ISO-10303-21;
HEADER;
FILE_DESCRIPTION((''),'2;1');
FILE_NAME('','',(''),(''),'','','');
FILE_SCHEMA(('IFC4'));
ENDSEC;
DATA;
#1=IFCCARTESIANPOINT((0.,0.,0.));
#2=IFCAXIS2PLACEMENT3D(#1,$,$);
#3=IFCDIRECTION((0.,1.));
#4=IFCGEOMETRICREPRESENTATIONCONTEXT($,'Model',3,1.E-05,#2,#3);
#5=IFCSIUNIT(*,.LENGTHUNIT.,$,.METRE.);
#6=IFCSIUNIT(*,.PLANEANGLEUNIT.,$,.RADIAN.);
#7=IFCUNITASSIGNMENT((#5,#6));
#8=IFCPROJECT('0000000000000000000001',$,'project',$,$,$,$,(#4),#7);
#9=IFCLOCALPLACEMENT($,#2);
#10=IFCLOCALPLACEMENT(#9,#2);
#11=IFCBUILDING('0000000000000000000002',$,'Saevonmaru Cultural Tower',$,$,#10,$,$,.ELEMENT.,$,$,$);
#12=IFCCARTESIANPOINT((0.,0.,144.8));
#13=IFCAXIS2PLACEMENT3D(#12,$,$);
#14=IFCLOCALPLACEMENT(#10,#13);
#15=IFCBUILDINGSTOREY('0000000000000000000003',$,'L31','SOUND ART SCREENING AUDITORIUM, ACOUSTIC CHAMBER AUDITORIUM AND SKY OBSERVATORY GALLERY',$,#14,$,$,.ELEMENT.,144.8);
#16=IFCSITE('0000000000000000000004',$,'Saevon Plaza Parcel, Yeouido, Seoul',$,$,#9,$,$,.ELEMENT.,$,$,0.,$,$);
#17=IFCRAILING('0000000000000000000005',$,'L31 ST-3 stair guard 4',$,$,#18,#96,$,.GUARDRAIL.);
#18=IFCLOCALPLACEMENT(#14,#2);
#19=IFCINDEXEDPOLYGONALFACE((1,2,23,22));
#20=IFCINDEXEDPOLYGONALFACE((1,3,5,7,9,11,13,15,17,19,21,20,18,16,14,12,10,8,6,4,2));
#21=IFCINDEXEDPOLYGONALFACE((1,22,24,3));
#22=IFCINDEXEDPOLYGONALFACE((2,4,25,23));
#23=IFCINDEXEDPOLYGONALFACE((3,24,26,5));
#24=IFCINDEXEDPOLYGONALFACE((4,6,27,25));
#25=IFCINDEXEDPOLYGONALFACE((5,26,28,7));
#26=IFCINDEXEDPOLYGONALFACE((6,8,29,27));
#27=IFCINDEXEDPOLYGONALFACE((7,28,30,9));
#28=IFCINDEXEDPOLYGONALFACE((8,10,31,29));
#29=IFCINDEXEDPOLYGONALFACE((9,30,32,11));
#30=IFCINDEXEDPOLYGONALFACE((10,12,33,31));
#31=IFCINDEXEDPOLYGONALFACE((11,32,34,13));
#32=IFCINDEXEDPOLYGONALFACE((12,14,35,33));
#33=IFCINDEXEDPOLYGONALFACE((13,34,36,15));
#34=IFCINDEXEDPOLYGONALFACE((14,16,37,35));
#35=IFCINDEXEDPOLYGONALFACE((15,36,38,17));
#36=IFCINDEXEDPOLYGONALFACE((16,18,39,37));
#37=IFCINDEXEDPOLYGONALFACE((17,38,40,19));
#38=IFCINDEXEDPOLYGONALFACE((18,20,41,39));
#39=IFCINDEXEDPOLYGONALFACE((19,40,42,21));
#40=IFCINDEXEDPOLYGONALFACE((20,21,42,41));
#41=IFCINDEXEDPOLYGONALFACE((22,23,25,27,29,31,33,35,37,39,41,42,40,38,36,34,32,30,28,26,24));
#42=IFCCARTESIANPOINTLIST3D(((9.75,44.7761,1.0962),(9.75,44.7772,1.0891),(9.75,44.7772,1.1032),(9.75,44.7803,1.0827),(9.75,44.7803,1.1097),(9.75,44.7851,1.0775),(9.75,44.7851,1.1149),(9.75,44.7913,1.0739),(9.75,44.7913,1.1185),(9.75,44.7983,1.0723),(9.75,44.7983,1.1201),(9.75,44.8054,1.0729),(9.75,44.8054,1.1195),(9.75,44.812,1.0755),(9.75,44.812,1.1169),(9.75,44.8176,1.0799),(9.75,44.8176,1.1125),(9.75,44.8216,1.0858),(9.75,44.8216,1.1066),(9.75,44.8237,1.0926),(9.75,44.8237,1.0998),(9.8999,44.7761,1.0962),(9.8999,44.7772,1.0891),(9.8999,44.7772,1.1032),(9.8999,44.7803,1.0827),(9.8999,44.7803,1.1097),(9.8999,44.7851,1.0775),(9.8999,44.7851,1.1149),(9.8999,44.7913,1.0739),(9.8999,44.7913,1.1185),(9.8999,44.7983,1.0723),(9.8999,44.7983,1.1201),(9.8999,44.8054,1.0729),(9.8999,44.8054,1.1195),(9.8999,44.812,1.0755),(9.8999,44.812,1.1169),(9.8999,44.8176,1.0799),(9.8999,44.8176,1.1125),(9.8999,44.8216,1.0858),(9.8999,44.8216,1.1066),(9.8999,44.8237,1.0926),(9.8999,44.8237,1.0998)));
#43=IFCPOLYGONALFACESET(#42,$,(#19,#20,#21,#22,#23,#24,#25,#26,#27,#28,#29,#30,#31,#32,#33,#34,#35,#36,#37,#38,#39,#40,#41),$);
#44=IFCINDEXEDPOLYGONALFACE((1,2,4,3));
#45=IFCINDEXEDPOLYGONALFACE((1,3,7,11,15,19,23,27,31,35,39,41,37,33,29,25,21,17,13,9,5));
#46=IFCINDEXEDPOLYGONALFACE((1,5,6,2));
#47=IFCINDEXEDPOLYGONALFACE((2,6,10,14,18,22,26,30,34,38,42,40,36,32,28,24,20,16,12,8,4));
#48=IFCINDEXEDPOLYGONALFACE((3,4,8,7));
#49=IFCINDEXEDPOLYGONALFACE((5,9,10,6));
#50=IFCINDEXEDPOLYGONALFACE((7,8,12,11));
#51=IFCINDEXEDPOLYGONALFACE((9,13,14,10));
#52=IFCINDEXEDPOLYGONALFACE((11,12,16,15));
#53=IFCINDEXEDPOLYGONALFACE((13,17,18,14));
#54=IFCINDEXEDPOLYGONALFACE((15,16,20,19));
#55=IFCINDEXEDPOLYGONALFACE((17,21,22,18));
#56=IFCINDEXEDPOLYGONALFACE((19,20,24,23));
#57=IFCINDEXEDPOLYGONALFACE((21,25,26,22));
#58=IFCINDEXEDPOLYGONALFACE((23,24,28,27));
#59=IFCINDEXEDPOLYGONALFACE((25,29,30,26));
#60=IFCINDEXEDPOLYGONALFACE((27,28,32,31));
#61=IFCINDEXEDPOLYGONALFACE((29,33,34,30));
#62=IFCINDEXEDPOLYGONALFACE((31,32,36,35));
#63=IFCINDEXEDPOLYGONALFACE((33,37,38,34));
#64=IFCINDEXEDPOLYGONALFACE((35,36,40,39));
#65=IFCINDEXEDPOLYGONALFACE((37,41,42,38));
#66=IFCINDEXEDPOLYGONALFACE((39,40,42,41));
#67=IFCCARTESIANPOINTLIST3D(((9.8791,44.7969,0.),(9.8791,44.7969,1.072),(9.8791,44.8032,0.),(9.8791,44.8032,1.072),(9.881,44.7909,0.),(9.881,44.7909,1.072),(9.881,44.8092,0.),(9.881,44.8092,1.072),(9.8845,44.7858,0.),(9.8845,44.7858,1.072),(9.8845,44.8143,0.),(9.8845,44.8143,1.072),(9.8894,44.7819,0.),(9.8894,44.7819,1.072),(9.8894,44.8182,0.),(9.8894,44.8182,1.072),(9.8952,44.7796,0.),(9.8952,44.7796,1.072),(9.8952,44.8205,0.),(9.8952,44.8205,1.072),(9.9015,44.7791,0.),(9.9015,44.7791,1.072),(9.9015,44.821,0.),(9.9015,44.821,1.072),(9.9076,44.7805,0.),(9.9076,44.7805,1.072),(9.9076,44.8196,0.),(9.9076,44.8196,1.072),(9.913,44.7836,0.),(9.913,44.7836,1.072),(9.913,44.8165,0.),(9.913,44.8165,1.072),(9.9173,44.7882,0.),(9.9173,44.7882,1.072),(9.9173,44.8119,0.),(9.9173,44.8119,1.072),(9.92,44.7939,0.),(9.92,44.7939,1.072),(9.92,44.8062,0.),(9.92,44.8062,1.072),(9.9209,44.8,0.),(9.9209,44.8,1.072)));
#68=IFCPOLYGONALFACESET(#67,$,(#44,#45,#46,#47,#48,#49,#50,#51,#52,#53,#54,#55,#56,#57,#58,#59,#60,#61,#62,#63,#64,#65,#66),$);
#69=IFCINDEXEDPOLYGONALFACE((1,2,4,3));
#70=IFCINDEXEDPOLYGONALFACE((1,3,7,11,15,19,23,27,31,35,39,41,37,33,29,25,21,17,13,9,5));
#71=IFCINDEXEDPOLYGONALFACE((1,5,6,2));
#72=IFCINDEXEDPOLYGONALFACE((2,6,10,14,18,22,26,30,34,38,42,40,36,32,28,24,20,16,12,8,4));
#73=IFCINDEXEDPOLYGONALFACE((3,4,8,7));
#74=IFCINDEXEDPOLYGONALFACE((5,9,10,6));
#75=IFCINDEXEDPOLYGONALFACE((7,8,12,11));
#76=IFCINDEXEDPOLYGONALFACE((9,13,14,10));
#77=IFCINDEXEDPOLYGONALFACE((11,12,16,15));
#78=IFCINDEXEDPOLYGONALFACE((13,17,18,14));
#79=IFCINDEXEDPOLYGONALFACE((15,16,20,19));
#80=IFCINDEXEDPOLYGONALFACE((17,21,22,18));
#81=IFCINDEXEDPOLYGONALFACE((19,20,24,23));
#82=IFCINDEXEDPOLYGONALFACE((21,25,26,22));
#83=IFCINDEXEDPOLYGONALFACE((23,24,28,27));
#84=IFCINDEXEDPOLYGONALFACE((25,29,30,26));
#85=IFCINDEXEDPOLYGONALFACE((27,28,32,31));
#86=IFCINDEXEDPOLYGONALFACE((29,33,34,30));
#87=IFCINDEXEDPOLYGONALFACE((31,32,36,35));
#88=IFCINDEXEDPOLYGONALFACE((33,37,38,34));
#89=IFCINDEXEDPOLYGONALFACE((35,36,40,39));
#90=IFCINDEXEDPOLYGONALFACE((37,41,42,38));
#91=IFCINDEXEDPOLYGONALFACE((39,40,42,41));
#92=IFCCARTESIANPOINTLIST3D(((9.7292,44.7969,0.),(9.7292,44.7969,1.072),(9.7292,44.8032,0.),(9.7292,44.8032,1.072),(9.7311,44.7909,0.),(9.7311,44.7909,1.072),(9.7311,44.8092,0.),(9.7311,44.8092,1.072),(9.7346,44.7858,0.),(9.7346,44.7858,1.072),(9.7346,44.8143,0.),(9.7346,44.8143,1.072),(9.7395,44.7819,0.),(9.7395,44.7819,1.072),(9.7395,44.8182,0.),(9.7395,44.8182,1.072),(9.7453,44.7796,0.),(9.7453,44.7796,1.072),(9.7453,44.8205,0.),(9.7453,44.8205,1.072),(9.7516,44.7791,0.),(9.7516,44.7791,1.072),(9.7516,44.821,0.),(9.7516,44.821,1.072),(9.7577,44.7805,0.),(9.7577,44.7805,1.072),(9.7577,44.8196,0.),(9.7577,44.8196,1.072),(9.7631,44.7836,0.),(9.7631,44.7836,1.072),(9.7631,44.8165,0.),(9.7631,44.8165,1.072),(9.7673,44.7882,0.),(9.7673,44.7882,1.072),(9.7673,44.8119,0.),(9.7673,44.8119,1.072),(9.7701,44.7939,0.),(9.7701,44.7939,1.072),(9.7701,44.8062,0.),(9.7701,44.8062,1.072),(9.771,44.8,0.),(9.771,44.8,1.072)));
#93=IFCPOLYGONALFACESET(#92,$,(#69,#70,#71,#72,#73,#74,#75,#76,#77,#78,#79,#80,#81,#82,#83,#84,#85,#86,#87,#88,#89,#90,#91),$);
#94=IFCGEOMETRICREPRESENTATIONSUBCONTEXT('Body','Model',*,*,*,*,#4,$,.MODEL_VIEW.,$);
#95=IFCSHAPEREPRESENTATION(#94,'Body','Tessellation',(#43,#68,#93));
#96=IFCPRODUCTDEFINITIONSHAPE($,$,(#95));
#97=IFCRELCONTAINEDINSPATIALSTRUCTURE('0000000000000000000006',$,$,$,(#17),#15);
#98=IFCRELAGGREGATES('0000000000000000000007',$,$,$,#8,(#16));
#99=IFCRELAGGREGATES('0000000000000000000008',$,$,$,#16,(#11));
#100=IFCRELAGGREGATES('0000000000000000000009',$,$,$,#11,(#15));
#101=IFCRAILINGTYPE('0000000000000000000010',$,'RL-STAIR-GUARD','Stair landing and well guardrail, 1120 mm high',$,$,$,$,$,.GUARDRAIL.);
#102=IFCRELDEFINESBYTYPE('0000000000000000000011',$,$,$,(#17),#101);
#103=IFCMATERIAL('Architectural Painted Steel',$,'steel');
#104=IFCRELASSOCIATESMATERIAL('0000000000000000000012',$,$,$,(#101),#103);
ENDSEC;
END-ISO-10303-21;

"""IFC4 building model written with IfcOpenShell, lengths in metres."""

from ifc_helpers import new_model, si_unit, direction, frame, origin, origin_2d, place, context, subcontext, project, spatial, circle, extrude, material, type_object, element, save


model = new_model("IFC4")

# Units and contexts
model_context = context("Model", 3, precision=1e-05, world=origin(), true_north=direction((0.0, 1.0)))
body_context = subcontext(model_context, "Body", "Model", "MODEL_VIEW")
ifc_project = project(units=[si_unit("LENGTHUNIT", "METRE"), si_unit("PLANEANGLEUNIT", "RADIAN")], contexts=[model_context])

# Site, building, storey
site_placement = place(None, origin())
site = spatial("IfcSite", under=ifc_project, at=site_placement, Name="Saevon Plaza Parcel, Yeouido, Seoul", CompositionType="ELEMENT", RefElevation=0.0)
building_placement = place(site_placement, origin())
building = spatial("IfcBuilding", under=site, at=building_placement, Name="Saevonmaru Cultural Tower", CompositionType="ELEMENT")
storey_placement = place(building_placement, frame((0.0, 0.0, 144.8)))
storey = spatial("IfcBuildingStorey", under=building, at=storey_placement, Name="L31", Description="SOUND ART SCREENING AUDITORIUM, ACOUSTIC CHAMBER AUDITORIUM AND SKY OBSERVATORY GALLERY", CompositionType="ELEMENT", Elevation=144.8)

# Railing
ifc_material_1 = material(Name="Architectural Painted Steel", Category="steel")
railing_type_1 = type_object("IfcRailingType", Name="RL-STAIR-GUARD", Description="Stair landing and well guardrail, 1120 mm high", PredefinedType="GUARDRAIL", material=ifc_material_1)
railing_1_placement = place(storey_placement, frame((9.8999, 44.8, 0.0)))
element("IfcRailing", 1, at=railing_1_placement, inside=storey, type_object=railing_type_1, Name="L31 ST-3 stair guard 4", PredefinedType="GUARDRAIL", context=body_context, shape_type="SweptSolid", body=[
    extrude(circle(Radius=0.0239, at=origin_2d()), frame((0.0, 0.0, 1.0962), z_axis=(-1.0, 0.0, 0.0), x_axis=(0.0, -1.0, 0.0)), (0.0, 0.0, 1.0), 0.1499),
    extrude(circle(Radius=0.021, at=origin_2d()), origin(), (0.0, 0.0, 1.0), 1.072),
    extrude(circle(Radius=0.021, at=origin_2d()), frame((-0.1499, 0.0, 0.0)), (0.0, 0.0, 1.0), 1.072),
])

save(model, "model.ifc")
